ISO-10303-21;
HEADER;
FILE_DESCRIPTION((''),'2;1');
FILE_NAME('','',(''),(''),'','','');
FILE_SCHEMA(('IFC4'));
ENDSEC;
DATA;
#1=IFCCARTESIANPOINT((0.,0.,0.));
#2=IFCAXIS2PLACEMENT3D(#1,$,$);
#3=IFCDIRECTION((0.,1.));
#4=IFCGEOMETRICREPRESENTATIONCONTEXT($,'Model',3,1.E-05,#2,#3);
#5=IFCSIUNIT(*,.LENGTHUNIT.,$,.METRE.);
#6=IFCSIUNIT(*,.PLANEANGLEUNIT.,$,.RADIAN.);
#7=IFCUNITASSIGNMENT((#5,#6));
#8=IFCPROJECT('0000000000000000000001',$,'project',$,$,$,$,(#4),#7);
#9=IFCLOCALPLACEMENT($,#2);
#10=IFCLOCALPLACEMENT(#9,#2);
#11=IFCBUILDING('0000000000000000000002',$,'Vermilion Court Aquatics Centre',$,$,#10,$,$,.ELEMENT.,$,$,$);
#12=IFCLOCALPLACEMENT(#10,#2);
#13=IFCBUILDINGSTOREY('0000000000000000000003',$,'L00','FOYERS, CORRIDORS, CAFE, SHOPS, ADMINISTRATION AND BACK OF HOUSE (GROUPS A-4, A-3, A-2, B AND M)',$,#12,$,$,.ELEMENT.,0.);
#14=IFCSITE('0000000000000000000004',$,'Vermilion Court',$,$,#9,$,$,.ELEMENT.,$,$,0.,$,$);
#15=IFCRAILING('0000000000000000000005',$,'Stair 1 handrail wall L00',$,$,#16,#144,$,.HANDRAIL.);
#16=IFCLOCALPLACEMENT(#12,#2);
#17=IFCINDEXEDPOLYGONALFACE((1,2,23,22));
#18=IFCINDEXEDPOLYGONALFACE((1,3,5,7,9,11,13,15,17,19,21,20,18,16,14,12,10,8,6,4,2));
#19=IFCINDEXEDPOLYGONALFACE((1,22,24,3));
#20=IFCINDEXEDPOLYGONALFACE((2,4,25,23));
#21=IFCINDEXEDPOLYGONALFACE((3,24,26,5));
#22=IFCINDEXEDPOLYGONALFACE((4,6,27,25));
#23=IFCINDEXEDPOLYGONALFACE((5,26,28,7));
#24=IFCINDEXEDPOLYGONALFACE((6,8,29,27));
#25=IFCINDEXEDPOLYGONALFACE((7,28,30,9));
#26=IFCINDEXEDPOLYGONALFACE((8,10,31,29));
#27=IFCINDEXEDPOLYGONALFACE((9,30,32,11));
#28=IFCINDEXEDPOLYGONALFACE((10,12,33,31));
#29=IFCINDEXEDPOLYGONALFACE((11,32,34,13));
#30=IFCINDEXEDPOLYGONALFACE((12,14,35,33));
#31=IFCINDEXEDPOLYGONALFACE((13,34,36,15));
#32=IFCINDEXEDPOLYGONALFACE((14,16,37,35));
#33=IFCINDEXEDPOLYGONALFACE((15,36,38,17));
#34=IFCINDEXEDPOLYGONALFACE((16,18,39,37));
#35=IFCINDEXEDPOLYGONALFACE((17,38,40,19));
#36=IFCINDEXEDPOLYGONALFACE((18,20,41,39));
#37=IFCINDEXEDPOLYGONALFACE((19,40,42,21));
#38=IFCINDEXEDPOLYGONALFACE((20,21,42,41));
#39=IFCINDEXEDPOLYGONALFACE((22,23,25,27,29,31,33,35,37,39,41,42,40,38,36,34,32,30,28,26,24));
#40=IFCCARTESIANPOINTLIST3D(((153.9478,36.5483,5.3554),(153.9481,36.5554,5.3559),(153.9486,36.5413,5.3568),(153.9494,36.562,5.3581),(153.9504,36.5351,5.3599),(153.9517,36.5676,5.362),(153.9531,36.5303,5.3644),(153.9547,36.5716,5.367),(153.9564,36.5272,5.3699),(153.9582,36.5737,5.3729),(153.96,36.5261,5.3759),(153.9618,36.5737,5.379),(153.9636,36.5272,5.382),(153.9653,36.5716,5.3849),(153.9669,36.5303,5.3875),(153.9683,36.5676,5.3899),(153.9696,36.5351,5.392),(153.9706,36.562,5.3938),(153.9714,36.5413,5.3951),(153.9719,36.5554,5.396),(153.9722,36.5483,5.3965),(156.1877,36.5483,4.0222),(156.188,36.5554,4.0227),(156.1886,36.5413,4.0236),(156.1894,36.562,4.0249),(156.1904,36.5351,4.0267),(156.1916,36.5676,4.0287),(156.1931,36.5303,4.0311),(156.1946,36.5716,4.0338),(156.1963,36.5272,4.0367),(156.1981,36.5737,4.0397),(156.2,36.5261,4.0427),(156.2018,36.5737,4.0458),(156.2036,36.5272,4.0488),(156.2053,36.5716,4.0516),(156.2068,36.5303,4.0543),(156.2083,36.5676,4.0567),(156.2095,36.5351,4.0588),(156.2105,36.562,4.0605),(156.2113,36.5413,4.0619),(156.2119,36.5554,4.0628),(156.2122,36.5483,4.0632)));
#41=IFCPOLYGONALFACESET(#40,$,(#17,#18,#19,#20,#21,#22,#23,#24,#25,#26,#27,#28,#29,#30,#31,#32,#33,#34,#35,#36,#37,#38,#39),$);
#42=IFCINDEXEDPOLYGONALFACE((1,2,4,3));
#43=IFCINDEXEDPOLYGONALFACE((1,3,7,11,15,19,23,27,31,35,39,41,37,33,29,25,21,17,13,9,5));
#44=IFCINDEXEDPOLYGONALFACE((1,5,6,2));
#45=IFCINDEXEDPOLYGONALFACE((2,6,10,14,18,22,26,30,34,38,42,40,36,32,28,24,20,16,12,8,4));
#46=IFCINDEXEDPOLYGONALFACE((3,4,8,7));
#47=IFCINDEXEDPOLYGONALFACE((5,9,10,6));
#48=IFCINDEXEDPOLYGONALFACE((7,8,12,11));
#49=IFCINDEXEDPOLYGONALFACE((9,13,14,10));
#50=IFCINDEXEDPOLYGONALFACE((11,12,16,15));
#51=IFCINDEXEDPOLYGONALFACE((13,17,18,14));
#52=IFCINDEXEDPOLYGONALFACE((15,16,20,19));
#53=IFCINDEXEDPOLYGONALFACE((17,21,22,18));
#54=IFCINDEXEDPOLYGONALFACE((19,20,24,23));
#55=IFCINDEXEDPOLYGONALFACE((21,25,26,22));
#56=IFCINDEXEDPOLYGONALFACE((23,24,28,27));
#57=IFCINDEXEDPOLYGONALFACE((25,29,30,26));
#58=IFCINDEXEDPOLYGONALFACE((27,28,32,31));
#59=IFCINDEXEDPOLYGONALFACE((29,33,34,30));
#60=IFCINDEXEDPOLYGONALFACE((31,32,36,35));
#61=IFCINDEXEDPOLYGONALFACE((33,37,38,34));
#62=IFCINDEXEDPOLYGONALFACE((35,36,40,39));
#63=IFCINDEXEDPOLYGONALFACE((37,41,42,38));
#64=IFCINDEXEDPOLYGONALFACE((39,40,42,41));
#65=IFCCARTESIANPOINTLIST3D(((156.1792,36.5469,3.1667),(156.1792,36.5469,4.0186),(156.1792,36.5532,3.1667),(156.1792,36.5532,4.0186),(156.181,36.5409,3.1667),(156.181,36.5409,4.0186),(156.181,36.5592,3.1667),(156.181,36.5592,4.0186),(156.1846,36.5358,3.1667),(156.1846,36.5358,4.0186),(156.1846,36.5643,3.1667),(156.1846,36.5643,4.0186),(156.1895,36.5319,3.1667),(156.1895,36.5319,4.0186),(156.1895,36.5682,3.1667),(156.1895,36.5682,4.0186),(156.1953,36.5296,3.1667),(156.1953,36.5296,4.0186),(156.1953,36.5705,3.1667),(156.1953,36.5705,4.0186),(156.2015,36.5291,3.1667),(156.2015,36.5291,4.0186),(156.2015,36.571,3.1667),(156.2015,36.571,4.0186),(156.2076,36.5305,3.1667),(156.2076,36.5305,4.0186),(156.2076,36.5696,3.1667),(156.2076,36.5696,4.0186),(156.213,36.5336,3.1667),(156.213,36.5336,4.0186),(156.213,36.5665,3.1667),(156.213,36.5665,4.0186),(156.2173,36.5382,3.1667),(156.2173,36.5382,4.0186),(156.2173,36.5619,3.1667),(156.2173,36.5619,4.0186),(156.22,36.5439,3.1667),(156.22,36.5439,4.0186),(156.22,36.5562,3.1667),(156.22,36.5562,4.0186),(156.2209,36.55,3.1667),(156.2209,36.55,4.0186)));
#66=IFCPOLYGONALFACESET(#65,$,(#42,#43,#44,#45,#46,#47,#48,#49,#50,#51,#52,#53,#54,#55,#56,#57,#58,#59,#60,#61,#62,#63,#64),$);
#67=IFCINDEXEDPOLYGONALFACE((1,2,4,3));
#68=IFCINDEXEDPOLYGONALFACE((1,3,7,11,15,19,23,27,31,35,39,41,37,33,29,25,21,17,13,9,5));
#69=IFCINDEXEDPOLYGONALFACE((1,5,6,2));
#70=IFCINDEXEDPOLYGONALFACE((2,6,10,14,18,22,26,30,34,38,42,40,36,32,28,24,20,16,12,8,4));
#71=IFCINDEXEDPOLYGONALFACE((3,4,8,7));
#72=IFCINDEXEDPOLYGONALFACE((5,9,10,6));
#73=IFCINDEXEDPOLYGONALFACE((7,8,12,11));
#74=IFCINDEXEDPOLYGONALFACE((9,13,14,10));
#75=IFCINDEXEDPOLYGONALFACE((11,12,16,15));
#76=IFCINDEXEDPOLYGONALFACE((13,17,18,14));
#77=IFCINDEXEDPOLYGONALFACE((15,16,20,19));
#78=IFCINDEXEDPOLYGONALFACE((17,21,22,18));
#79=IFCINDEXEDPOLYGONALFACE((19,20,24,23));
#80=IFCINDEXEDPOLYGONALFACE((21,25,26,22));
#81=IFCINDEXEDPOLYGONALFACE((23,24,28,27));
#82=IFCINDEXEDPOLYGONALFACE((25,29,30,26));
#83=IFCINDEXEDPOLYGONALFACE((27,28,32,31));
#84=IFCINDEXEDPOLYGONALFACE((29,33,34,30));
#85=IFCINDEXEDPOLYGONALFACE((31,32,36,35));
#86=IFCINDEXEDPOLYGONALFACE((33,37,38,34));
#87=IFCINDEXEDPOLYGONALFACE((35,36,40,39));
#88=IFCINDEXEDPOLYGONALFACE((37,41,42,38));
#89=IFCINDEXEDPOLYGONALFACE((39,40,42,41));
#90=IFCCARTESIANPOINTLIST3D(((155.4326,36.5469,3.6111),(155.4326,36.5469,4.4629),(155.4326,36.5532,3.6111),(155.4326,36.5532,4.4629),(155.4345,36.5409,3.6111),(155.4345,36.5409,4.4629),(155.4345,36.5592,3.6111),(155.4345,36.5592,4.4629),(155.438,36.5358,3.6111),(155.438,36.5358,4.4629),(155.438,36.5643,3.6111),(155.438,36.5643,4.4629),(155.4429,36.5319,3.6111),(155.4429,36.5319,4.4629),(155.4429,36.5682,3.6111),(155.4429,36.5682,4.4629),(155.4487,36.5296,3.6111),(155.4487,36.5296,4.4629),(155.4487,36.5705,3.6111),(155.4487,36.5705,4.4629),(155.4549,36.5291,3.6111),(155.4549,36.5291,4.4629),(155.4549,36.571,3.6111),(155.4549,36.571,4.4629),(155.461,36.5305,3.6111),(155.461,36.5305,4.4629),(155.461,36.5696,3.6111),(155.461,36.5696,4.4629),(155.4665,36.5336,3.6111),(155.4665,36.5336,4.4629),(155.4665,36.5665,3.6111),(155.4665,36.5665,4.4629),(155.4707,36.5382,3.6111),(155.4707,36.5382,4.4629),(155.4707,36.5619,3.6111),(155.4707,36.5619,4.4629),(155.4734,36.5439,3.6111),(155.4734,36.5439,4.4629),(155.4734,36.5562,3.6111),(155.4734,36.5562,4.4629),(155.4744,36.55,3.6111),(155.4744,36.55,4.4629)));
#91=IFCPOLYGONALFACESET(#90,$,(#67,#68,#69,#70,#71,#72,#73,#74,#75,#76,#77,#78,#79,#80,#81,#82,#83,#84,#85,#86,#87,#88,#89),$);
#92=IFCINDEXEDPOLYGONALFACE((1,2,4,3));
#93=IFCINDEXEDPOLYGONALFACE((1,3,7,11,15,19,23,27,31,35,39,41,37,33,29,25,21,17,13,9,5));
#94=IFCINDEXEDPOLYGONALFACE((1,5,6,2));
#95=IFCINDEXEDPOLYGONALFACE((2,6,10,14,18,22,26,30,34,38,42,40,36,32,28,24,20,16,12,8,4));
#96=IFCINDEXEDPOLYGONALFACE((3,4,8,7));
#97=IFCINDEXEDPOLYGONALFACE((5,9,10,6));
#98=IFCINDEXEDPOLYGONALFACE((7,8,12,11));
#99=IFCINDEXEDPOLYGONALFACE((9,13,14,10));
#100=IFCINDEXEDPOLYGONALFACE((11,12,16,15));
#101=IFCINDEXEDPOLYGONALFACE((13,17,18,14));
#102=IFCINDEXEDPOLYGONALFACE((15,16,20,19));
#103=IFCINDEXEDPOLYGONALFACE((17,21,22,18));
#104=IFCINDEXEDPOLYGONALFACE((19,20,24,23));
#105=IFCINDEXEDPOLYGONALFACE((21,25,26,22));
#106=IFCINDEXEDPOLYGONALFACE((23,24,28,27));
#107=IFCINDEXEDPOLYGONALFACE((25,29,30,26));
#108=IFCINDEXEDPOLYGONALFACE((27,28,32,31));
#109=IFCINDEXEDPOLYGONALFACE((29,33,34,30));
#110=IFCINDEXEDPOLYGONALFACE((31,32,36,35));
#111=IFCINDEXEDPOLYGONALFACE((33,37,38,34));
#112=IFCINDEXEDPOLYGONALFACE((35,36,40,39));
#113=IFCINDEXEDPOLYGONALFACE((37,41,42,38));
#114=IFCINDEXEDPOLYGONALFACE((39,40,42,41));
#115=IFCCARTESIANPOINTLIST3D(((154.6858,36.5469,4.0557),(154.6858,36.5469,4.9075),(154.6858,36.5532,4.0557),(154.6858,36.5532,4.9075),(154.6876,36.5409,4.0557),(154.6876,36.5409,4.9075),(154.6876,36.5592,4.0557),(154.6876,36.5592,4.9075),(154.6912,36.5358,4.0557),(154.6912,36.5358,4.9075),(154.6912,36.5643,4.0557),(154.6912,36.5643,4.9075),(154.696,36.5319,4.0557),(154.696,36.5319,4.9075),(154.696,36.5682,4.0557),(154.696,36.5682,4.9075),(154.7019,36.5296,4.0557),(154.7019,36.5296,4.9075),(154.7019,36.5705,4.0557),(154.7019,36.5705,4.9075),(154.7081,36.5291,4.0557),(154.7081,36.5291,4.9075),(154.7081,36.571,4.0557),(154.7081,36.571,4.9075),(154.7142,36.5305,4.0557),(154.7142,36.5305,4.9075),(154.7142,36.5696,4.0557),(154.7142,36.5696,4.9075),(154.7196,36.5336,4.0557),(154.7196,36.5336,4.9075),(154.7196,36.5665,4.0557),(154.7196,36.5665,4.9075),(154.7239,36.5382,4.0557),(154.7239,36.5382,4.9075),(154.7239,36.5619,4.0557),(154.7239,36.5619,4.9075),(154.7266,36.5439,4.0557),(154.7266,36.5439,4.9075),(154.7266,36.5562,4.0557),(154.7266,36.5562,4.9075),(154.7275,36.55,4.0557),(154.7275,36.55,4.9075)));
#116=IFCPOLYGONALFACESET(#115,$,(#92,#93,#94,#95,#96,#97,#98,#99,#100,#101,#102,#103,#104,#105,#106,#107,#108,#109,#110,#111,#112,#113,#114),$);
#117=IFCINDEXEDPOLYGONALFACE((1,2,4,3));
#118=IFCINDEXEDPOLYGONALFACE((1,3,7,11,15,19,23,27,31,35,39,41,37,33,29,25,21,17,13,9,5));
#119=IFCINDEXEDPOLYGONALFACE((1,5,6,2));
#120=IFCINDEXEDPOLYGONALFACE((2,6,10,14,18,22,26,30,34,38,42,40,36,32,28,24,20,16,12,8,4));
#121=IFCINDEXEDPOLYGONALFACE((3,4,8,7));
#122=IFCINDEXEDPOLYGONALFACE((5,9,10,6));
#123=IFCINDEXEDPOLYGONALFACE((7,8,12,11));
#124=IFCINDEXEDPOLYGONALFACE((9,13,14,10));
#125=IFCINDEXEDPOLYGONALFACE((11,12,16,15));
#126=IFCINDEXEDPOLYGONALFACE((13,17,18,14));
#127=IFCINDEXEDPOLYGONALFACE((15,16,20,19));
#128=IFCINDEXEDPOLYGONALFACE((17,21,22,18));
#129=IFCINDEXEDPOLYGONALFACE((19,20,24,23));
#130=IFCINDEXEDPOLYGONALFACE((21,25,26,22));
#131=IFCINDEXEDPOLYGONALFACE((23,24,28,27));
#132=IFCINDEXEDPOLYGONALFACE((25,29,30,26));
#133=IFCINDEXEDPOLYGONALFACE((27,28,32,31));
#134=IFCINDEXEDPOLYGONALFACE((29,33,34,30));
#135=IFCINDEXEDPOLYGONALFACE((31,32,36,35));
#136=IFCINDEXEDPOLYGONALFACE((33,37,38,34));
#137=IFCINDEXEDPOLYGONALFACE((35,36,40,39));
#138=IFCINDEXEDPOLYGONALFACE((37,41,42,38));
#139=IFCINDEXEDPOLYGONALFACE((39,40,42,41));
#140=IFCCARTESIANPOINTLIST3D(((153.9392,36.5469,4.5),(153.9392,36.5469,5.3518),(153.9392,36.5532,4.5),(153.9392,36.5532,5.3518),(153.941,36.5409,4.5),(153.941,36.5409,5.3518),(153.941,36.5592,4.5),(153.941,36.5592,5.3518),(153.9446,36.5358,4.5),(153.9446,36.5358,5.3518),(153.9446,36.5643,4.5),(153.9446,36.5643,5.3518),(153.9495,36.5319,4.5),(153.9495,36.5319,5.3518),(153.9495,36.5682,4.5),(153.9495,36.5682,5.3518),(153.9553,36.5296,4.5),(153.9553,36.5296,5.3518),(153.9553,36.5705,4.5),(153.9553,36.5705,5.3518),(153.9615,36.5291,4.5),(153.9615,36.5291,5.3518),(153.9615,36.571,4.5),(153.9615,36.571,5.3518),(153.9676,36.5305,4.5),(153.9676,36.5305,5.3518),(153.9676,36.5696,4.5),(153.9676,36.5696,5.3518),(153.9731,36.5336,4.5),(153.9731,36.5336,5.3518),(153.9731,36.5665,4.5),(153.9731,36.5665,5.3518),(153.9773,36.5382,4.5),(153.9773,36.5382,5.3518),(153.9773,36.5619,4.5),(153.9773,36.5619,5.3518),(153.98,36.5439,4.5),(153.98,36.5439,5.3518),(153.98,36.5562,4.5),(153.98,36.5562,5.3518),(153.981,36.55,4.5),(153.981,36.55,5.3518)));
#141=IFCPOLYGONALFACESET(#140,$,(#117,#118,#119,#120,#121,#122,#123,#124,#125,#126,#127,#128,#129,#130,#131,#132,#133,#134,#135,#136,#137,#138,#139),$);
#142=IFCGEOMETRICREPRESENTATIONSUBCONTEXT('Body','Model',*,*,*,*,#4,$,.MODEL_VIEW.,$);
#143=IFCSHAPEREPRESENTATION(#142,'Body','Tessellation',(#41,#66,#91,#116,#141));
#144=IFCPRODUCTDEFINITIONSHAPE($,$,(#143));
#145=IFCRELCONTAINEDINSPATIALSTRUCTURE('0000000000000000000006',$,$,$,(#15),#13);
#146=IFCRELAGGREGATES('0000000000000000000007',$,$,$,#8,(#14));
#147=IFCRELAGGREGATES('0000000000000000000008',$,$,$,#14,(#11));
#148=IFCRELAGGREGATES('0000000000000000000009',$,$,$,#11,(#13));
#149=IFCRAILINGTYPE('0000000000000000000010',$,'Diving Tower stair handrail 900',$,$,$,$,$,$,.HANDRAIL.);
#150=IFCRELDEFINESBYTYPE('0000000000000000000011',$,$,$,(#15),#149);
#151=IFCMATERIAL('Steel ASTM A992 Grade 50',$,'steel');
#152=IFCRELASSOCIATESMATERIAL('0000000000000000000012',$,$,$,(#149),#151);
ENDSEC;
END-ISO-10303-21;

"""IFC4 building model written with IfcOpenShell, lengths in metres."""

from ifc_helpers import new_model, si_unit, direction, frame, origin, origin_2d, place, context, subcontext, project, spatial, circle, extrude, material, type_object, element, save


model = new_model("IFC4")

# Units and contexts
model_context = context("Model", 3, precision=1e-05, world=origin(), true_north=direction((0.0, 1.0)))
body_context = subcontext(model_context, "Body", "Model", "MODEL_VIEW")
ifc_project = project(units=[si_unit("LENGTHUNIT", "METRE"), si_unit("PLANEANGLEUNIT", "RADIAN")], contexts=[model_context])

# Site, building, storey
site_placement = place(None, origin())
site = spatial("IfcSite", under=ifc_project, at=site_placement, Name="Vermilion Court", CompositionType="ELEMENT", RefElevation=0.0)
building_placement = place(site_placement, origin())
building = spatial("IfcBuilding", under=site, at=building_placement, Name="Vermilion Court Aquatics Centre", CompositionType="ELEMENT")
storey_placement = place(building_placement, origin())
storey = spatial("IfcBuildingStorey", under=building, at=storey_placement, Name="L00", Description="FOYERS, CORRIDORS, CAFE, SHOPS, ADMINISTRATION AND BACK OF HOUSE (GROUPS A-4, A-3, A-2, B AND M)", CompositionType="ELEMENT", Elevation=0.0)

# Railing
ifc_material_1 = material(Name="Steel ASTM A992 Grade 50", Category="steel")
railing_type = type_object("IfcRailingType", Name="Diving Tower stair handrail 900", PredefinedType="HANDRAIL", material=ifc_material_1)
for number, where, name in (
    (1, (156.2, 36.55, 3.1667), "Stair 1 handrail wall L00"),
):
    element("IfcRailing", number, at=place(storey_placement, frame(where)), inside=storey, type_object=railing_type, Name=name, PredefinedType="HANDRAIL", context=body_context, shape_type="SweptSolid", body=[
        extrude(circle(Radius=0.0239, at=origin_2d()), frame((0.0, 0.0, 0.876), z_axis=(-0.859306, 0.0, 0.511462), x_axis=(0.0, -1.0, 0.0)), (0.0, 0.0, 1.0), 2.6067),
        extrude(circle(Radius=0.021, at=origin_2d()), origin(), (0.0, 0.0, 1.0), 0.8518),
        extrude(circle(Radius=0.021, at=origin_2d()), frame((-0.7466, 0.0, 0.4443)), (0.0, 0.0, 1.0), 0.8518),
        extrude(circle(Radius=0.021, at=origin_2d()), frame((-1.4934, 0.0, 0.8889)), (0.0, 0.0, 1.0), 0.8518),
        extrude(circle(Radius=0.021, at=origin_2d()), frame((-2.24, 0.0, 1.3333)), (0.0, 0.0, 1.0), 0.8518),
    ])

save(model, "model.ifc")
